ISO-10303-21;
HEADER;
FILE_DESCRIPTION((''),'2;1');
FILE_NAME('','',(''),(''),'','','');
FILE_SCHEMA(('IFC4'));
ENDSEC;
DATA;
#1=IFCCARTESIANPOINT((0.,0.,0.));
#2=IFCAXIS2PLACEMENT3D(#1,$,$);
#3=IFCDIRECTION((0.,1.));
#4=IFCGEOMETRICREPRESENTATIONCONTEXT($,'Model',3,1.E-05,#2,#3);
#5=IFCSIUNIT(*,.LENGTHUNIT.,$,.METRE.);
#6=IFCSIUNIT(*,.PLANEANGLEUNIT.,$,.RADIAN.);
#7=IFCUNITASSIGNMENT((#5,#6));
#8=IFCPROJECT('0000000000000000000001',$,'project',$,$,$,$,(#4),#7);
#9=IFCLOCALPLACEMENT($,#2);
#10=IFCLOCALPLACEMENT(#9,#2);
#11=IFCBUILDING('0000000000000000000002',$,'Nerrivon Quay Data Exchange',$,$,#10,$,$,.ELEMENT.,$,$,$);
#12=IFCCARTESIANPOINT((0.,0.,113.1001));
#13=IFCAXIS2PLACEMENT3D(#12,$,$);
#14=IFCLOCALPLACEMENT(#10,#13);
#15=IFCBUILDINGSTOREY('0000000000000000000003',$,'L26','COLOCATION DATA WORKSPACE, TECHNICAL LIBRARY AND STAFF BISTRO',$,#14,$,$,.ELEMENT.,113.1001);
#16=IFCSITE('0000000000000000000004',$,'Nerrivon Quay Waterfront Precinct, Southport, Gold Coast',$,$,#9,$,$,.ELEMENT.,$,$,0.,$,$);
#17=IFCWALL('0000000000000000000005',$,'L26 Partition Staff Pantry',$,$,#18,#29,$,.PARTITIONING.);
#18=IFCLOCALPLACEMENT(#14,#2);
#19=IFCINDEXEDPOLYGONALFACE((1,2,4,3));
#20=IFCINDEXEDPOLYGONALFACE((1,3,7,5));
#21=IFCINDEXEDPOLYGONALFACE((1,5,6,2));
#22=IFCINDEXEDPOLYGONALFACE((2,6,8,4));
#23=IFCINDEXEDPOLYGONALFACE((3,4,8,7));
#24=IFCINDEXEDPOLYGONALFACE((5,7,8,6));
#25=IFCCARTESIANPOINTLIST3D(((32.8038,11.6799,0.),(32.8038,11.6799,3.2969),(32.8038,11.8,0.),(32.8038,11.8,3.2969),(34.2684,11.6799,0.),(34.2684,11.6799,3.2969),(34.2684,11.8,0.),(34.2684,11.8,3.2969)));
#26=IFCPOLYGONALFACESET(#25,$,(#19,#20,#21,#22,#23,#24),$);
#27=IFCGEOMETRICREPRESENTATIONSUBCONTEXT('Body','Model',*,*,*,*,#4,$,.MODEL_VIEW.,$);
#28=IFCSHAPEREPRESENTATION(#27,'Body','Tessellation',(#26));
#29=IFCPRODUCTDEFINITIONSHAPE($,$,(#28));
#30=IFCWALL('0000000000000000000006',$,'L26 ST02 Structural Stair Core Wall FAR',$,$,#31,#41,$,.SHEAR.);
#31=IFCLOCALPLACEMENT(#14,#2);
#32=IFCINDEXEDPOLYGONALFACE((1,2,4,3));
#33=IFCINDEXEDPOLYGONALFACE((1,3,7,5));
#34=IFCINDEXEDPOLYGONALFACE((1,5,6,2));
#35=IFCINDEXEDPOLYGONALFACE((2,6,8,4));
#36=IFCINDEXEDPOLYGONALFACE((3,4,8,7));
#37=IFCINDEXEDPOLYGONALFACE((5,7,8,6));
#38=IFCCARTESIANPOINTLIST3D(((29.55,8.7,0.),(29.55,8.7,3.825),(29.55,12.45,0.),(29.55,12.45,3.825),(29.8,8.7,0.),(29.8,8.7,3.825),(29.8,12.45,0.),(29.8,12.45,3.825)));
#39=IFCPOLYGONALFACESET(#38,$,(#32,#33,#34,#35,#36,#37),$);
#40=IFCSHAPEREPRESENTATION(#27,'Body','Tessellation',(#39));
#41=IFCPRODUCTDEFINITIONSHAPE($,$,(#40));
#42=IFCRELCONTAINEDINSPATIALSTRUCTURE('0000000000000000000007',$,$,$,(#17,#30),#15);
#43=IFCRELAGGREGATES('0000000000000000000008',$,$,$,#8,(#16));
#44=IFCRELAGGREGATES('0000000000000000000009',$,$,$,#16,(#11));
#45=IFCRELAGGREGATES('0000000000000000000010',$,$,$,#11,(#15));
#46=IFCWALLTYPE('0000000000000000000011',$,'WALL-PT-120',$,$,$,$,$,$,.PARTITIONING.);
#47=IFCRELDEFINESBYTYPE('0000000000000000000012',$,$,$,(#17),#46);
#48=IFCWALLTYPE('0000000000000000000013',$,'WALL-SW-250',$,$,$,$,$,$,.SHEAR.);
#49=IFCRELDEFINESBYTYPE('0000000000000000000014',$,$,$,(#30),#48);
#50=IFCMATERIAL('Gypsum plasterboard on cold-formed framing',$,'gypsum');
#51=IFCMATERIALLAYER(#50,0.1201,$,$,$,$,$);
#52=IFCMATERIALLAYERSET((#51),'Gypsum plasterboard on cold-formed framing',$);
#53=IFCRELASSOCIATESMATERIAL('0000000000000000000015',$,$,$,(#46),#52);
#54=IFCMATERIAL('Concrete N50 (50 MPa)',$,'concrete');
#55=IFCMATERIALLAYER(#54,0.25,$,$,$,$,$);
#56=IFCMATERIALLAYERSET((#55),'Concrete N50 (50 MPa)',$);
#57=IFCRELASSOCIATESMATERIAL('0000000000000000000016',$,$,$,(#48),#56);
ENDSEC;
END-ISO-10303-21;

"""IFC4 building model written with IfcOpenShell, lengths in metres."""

from ifc_helpers import new_model, si_unit, direction, frame, frame_2d, origin, place, context, subcontext, project, spatial, rectangle, extrude, material, layer, layer_set, type_object, element, save


model = new_model("IFC4")

# Units and contexts
model_context = context("Model", 3, precision=1e-05, world=origin(), true_north=direction((0.0, 1.0)))
body_context = subcontext(model_context, "Body", "Model", "MODEL_VIEW")
ifc_project = project(units=[si_unit("LENGTHUNIT", "METRE"), si_unit("PLANEANGLEUNIT", "RADIAN")], contexts=[model_context])

# Site, building, storey
site_placement = place(None, origin())
site = spatial("IfcSite", under=ifc_project, at=site_placement, Name="Nerrivon Quay Waterfront Precinct, Southport, Gold Coast", CompositionType="ELEMENT", RefElevation=0.0)
building_placement = place(site_placement, origin())
building = spatial("IfcBuilding", under=site, at=building_placement, Name="Nerrivon Quay Data Exchange", CompositionType="ELEMENT")
storey_placement = place(building_placement, frame((0.0, 0.0, 113.1001)))
storey = spatial("IfcBuildingStorey", under=building, at=storey_placement, Name="L26", Description="COLOCATION DATA WORKSPACE, TECHNICAL LIBRARY AND STAFF BISTRO", CompositionType="ELEMENT", Elevation=113.1001)

# Shared definitions
ifc_material_1 = material(Name="Gypsum plasterboard on cold-formed framing", Category="gypsum")

# Walls
ifc_layer_1 = layer(ifc_material_1, 0.1201)
ifc_layer_set_1 = layer_set([ifc_layer_1], Name="Gypsum plasterboard on cold-formed framing")
wall_type_1 = type_object("IfcWallType", Name="WALL-PT-120", PredefinedType="PARTITIONING", material=ifc_layer_set_1)
wall_1_placement = place(storey_placement, frame((34.2686, 11.74, 0.0), z_axis=(0.0, 0.0, 1.0), x_axis=(-1.0, 0.0, 0.0)))
element("IfcWall", 1, at=wall_1_placement, inside=storey, type_object=wall_type_1, Name="L26 Partition Staff Pantry", PredefinedType="PARTITIONING", context=body_context, shape_type="SweptSolid", body=[
    extrude(rectangle(XDim=1.4646, YDim=0.1201, at=frame_2d((0.7324, 0.0))), origin(), (0.0, 0.0, 1.0), 3.2969),
])
ifc_material_2 = material(Name="Concrete N50 (50 MPa)", Category="concrete")
ifc_layer_2 = layer(ifc_material_2, 0.25)
ifc_layer_set_2 = layer_set([ifc_layer_2], Name="Concrete N50 (50 MPa)")
wall_type_2 = type_object("IfcWallType", Name="WALL-SW-250", PredefinedType="SHEAR", material=ifc_layer_set_2)
wall_2_placement = place(storey_placement, frame((29.675, 8.7, 0.0), z_axis=(0.0, 0.0, 1.0), x_axis=(0.0, 1.0, 0.0)))
element("IfcWall", 2, at=wall_2_placement, inside=storey, type_object=wall_type_2, Name="L26 ST02 Structural Stair Core Wall FAR", PredefinedType="SHEAR", context=body_context, shape_type="SweptSolid", body=[
    extrude(rectangle(XDim=3.75, YDim=0.25, at=frame_2d((1.875, 0.0))), origin(), (0.0, 0.0, 1.0), 3.825),
])

save(model, "model.ifc")
